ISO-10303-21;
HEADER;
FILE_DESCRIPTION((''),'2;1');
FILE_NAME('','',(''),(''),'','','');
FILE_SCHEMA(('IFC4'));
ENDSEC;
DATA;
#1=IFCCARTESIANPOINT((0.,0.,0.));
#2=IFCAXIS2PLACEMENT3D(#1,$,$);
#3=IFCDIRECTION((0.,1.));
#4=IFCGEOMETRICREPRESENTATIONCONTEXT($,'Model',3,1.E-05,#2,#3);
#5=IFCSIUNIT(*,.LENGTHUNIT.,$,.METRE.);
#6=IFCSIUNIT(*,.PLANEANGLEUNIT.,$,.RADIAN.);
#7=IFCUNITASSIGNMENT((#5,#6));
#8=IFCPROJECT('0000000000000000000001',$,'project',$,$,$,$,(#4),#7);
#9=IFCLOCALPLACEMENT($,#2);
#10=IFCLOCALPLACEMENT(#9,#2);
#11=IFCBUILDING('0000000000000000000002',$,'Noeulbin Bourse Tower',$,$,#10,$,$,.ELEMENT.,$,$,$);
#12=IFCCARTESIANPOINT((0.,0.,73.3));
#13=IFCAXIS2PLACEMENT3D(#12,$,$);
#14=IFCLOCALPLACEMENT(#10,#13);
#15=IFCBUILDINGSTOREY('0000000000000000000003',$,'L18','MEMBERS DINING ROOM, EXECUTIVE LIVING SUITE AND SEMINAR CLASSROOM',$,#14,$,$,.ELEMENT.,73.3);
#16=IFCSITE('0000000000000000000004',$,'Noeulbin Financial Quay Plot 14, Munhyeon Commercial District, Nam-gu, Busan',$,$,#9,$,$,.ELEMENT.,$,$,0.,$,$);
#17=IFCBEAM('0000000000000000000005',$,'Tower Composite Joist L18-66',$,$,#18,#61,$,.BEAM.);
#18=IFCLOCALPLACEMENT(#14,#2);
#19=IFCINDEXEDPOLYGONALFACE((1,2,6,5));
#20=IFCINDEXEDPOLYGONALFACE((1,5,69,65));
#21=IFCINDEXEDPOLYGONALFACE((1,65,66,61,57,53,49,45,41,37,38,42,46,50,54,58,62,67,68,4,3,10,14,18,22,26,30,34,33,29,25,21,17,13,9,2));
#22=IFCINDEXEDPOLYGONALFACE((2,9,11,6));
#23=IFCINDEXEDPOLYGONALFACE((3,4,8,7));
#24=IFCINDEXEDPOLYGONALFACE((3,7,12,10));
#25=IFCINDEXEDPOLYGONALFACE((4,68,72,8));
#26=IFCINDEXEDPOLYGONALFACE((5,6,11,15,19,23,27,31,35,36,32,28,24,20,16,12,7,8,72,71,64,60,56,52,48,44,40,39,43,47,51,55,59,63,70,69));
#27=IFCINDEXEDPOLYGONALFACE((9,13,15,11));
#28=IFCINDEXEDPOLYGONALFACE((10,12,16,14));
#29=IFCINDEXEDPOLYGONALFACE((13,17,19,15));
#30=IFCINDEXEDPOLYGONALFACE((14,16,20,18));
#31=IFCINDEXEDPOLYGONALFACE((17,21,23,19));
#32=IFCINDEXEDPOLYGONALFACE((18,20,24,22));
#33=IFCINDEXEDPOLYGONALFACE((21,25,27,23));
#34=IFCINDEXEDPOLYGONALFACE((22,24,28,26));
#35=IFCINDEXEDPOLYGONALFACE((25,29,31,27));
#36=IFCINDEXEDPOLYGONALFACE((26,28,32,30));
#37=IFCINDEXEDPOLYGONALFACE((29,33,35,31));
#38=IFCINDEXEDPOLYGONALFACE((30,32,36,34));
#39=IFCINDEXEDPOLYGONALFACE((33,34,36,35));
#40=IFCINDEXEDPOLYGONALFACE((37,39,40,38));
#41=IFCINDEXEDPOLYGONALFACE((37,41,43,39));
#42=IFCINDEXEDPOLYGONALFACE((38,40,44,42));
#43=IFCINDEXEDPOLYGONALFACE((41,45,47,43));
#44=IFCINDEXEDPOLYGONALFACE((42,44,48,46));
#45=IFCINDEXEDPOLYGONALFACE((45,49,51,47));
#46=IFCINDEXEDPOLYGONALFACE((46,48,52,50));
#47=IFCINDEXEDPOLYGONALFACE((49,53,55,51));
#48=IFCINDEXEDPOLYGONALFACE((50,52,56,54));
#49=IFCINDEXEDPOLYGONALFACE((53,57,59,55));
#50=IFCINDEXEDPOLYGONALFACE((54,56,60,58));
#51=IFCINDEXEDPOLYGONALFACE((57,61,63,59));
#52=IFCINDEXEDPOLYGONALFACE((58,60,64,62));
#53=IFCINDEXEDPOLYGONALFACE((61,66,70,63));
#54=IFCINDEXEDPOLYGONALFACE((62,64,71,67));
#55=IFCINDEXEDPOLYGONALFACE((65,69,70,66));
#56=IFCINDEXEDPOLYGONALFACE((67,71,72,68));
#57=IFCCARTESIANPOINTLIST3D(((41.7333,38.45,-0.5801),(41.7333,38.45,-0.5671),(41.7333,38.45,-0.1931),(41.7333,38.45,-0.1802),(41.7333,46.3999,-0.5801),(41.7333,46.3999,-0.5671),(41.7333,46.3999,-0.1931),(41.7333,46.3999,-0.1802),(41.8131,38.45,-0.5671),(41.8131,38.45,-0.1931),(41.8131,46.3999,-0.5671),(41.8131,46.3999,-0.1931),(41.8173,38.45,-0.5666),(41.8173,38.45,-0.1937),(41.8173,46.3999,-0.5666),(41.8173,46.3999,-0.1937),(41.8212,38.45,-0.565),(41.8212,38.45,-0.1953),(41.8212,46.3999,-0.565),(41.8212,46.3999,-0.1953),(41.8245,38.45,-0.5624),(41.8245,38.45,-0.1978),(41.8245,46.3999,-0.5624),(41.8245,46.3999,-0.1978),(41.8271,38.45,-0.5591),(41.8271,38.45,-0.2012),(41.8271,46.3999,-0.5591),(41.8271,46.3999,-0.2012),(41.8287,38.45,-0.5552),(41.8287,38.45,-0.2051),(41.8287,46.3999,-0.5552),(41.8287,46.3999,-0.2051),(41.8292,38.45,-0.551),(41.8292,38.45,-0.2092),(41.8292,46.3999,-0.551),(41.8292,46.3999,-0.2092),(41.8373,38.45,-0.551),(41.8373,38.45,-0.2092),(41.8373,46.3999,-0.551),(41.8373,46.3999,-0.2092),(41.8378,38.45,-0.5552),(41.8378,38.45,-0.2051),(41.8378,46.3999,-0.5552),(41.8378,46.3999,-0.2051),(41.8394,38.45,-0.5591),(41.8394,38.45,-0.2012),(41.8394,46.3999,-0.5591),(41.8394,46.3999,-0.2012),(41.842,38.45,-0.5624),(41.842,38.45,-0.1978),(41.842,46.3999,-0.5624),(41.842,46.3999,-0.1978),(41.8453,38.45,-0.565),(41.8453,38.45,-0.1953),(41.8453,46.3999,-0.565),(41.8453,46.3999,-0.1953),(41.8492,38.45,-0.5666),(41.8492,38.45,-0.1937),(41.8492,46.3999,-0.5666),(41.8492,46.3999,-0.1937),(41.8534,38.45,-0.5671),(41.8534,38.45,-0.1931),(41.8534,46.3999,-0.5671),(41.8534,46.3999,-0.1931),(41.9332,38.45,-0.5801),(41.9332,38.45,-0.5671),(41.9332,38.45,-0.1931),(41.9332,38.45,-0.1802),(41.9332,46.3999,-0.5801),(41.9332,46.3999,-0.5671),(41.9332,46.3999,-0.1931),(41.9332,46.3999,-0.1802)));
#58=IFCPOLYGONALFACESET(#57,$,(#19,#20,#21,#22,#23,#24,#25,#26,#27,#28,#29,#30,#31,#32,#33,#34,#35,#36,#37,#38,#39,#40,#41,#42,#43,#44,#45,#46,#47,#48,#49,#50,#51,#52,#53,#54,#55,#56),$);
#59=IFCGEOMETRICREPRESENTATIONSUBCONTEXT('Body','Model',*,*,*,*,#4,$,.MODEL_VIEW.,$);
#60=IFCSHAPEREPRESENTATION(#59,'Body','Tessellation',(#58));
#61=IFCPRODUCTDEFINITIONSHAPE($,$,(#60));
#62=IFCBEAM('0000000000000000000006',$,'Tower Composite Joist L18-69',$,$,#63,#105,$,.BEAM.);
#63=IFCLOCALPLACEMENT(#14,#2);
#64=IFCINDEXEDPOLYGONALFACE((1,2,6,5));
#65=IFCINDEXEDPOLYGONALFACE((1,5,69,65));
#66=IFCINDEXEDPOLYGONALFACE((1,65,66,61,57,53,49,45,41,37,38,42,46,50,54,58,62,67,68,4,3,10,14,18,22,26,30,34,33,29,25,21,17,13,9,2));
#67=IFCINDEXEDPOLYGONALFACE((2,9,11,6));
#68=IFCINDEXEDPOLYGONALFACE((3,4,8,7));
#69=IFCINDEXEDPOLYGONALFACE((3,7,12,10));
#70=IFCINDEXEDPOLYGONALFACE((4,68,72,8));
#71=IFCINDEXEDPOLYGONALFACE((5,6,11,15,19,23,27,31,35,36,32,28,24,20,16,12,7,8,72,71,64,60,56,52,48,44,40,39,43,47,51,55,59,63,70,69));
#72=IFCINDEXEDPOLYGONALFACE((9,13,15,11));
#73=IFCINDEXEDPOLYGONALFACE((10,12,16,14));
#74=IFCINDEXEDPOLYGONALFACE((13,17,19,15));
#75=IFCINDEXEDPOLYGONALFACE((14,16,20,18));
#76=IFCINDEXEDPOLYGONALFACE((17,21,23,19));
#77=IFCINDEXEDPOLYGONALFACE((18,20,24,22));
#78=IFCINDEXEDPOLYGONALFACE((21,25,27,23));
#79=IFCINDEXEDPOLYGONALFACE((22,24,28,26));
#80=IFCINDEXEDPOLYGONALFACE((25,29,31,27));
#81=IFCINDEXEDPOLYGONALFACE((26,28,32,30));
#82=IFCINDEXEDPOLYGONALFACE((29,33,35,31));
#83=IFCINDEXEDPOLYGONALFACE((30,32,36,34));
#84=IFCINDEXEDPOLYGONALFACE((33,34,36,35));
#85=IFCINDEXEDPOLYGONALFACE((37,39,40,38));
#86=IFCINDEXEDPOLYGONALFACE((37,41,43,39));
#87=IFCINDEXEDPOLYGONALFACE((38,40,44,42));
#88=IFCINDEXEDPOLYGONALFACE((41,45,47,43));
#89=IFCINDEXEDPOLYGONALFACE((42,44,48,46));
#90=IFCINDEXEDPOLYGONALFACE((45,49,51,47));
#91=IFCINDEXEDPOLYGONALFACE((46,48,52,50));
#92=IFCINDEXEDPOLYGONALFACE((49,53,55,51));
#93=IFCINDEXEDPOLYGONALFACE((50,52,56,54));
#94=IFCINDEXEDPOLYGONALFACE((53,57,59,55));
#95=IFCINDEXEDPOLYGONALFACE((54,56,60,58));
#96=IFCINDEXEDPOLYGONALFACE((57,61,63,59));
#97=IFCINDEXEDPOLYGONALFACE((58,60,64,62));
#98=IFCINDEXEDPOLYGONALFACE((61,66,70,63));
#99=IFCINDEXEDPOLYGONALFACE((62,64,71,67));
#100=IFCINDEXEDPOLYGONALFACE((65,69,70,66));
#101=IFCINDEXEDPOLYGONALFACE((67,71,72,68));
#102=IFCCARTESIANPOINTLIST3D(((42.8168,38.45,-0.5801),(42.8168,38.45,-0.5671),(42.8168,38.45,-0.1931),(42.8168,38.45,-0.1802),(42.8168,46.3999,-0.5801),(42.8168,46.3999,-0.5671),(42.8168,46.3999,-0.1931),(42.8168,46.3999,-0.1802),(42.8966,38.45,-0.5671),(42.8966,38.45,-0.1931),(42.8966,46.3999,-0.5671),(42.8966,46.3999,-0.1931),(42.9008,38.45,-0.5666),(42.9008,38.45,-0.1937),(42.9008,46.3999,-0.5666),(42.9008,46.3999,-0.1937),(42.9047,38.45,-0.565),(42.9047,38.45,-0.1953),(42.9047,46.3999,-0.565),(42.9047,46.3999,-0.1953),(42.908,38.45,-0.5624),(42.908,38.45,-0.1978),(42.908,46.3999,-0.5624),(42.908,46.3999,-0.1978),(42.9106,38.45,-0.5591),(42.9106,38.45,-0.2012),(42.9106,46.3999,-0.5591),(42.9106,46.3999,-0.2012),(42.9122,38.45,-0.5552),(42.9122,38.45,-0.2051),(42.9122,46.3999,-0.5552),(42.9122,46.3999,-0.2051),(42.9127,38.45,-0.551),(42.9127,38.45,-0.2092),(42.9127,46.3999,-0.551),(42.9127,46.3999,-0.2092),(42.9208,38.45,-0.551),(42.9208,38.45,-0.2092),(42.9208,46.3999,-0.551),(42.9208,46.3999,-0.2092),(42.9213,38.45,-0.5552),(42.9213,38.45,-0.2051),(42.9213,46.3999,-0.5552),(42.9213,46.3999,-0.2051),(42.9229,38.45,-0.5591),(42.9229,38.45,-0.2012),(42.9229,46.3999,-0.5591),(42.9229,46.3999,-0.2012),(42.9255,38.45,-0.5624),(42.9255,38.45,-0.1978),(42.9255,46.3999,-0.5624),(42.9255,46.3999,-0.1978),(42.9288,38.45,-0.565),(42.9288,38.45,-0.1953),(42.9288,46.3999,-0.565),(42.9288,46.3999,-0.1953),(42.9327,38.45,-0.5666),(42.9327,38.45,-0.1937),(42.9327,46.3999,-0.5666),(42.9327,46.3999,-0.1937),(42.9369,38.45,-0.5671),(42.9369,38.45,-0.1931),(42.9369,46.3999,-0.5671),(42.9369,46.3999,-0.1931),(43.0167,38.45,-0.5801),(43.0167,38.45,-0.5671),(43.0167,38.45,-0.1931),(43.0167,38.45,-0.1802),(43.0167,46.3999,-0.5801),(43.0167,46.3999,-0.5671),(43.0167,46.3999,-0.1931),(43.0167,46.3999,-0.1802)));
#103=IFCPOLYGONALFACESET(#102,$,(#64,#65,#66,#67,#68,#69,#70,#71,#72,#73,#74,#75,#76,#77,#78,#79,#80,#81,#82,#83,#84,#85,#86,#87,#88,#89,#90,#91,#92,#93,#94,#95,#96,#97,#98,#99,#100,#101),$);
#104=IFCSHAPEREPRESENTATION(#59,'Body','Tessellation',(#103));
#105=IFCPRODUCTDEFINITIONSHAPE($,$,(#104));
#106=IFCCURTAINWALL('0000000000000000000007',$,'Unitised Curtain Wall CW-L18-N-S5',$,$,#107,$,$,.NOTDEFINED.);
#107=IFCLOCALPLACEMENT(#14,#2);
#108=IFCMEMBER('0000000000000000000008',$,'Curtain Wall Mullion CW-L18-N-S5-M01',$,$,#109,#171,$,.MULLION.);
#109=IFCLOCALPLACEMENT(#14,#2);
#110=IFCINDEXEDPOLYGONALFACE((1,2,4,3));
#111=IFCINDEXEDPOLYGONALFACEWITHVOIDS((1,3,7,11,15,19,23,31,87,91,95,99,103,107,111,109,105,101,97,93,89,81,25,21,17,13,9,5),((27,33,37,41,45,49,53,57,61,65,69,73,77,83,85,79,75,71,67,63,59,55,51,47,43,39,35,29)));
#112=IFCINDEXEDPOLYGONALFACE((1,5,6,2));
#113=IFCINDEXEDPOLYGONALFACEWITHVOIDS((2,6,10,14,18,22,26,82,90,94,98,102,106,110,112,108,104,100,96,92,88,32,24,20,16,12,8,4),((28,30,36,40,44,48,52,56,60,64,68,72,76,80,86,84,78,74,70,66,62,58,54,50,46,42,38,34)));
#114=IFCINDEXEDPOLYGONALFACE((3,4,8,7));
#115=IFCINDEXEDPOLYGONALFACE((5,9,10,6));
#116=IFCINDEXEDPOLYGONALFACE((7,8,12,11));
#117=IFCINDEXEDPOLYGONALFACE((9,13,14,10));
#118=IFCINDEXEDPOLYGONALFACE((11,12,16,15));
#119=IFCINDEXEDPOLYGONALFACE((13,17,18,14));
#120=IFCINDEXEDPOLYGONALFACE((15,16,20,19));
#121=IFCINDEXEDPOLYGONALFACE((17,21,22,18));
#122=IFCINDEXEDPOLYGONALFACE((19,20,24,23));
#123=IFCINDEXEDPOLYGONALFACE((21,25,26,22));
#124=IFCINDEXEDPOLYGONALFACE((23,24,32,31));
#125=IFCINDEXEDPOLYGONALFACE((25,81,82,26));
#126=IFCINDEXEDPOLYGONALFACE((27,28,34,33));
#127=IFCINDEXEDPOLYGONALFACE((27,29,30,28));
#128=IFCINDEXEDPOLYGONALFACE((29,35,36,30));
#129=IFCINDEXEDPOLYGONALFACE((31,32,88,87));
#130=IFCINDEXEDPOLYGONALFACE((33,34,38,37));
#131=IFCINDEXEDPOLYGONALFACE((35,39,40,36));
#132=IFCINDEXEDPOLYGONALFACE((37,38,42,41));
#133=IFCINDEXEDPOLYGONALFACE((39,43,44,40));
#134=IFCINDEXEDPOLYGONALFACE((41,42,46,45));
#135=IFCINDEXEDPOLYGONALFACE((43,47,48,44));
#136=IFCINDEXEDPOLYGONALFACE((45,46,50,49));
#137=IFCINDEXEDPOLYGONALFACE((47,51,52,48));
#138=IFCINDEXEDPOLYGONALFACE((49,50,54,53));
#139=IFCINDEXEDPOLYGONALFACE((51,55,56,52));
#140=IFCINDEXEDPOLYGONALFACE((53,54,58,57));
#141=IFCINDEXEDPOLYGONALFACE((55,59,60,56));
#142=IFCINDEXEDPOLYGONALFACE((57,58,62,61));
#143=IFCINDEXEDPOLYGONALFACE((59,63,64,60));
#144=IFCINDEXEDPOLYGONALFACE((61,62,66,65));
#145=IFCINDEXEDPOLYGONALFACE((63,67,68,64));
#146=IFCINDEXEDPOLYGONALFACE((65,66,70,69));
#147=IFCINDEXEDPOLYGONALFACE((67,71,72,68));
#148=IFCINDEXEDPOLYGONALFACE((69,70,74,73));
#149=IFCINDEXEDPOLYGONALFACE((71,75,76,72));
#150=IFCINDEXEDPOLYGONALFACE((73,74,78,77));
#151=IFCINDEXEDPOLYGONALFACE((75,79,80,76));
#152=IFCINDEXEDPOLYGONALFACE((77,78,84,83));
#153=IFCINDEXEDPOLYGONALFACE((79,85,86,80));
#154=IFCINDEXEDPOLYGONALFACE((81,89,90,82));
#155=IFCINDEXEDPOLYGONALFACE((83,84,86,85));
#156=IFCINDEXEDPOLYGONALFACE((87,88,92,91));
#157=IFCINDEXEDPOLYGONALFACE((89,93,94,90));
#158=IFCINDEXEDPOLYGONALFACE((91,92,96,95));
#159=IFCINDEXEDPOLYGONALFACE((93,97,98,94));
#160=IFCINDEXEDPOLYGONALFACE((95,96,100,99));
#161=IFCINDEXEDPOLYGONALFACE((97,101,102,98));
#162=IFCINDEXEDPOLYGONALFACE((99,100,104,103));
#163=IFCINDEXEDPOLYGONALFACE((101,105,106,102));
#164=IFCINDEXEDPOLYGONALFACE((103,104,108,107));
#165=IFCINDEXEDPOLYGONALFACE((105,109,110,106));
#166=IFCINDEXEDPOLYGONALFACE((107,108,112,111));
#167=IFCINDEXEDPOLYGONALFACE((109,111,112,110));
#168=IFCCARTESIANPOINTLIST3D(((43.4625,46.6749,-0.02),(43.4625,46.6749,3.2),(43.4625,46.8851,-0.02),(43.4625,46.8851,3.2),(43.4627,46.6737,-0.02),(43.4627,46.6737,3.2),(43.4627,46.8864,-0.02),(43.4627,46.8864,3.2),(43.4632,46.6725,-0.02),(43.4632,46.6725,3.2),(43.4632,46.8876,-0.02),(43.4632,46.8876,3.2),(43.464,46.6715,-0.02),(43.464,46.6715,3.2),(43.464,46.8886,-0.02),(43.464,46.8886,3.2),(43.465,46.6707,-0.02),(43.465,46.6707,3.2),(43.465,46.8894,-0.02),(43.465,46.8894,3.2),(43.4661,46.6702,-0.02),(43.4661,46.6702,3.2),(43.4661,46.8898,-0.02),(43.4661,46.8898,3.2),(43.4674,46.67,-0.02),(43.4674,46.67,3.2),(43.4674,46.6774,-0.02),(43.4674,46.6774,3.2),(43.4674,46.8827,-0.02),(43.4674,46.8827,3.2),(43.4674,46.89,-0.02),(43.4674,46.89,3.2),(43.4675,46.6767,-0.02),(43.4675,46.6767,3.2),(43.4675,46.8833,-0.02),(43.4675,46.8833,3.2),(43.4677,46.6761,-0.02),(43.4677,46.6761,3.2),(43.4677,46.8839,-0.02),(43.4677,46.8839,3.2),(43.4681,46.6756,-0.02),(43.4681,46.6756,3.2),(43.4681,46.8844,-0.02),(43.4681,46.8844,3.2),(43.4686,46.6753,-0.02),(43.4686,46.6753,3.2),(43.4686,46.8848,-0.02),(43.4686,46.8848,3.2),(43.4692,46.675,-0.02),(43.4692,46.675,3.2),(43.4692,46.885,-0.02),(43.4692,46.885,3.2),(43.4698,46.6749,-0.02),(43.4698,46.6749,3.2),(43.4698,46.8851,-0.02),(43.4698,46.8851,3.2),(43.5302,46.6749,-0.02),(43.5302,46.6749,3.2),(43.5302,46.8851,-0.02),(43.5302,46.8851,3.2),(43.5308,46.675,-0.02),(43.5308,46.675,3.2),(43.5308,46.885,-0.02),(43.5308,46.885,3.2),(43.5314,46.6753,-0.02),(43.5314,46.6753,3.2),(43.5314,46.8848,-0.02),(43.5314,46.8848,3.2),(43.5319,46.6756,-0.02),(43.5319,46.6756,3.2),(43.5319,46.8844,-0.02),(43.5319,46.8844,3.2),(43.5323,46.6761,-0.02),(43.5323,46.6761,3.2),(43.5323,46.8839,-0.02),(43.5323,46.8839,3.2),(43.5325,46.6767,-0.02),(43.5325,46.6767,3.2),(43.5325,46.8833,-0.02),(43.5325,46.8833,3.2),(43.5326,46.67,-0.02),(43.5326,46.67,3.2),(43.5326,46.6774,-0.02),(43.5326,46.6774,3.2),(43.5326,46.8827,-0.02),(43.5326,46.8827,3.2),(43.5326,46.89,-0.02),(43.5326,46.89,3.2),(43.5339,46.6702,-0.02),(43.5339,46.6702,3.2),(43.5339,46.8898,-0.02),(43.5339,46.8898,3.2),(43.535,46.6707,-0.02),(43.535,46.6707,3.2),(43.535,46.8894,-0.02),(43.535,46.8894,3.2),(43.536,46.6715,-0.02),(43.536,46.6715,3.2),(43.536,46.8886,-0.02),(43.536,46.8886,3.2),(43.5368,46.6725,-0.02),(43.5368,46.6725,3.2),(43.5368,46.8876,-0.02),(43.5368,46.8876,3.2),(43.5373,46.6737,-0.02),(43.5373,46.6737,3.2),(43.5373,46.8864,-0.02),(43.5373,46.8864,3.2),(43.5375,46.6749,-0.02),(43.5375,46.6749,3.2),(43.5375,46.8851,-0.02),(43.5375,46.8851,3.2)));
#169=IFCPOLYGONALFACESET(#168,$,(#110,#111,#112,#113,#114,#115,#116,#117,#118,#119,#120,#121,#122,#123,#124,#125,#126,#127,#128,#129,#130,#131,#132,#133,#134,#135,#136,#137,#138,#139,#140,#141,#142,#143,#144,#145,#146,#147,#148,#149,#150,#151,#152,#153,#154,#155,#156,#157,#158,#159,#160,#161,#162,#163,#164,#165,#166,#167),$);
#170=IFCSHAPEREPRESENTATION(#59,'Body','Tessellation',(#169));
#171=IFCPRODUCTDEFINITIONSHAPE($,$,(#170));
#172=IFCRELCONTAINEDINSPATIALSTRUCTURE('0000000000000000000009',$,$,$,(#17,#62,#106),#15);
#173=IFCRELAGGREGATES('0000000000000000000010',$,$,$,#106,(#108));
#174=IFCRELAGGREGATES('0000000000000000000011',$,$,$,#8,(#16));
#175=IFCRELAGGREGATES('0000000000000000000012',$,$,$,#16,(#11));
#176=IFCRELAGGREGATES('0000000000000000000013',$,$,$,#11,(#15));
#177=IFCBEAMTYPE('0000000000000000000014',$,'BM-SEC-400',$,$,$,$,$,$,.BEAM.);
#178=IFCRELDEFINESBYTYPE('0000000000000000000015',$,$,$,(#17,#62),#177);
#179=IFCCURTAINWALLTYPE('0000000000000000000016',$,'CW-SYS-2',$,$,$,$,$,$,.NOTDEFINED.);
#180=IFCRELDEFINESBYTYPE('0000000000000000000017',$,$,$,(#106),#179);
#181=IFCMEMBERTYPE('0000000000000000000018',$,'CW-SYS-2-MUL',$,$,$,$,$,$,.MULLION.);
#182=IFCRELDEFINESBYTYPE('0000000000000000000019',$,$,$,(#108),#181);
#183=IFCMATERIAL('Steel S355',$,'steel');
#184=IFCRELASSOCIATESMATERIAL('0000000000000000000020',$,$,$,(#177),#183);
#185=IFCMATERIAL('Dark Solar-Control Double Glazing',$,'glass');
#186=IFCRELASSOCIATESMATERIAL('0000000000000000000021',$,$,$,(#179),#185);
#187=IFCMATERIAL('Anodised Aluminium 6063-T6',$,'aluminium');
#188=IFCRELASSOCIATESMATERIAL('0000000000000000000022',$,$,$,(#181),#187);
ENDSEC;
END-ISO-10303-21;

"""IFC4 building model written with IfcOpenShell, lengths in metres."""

from ifc_helpers import new_model, si_unit, direction, frame, origin, origin_2d, place, context, subcontext, project, spatial, hollow_rectangle, i_section, extrude, material, material_profile, profile_set, type_object, element, aggregate, save


model = new_model("IFC4")

# Units and contexts
model_context = context("Model", 3, precision=1e-05, world=origin(), true_north=direction((0.0, 1.0)))
body_context = subcontext(model_context, "Body", "Model", "MODEL_VIEW")
ifc_project = project(units=[si_unit("LENGTHUNIT", "METRE"), si_unit("PLANEANGLEUNIT", "RADIAN")], contexts=[model_context])

# Site, building, storey
site_placement = place(None, origin())
site = spatial("IfcSite", under=ifc_project, at=site_placement, Name="Noeulbin Financial Quay Plot 14, Munhyeon Commercial District, Nam-gu, Busan", CompositionType="ELEMENT", RefElevation=0.0)
building_placement = place(site_placement, origin())
building = spatial("IfcBuilding", under=site, at=building_placement, Name="Noeulbin Bourse Tower", CompositionType="ELEMENT")
storey_placement = place(building_placement, frame((0.0, 0.0, 73.3)))
storey = spatial("IfcBuildingStorey", under=building, at=storey_placement, Name="L18", Description="MEMBERS DINING ROOM, EXECUTIVE LIVING SUITE AND SEMINAR CLASSROOM", CompositionType="ELEMENT", Elevation=73.3)

# Beams
ifc_material_1 = material(Name="Steel S355", Category="steel")
ifc_material_profile_1 = material_profile(ifc_material_1, i_section(OverallWidth=0.2, OverallDepth=0.3999, WebThickness=0.0081, FlangeThickness=0.0129, FilletRadius=0.0161, at=origin_2d()), Name="H-400x200x8x13", Category="LoadBearing")
ifc_profile_set_1 = profile_set([ifc_material_profile_1], Name="Steel S355")
beam_type_1 = type_object("IfcBeamType", Name="BM-SEC-400", PredefinedType="BEAM", material=ifc_profile_set_1)
for number, where, z_axis, x_axis, name in (
    (1, (41.8333, 38.45, -0.3801), (0.0, 1.0, 0.0), (-1.0, 0.0, 0.0), "Tower Composite Joist L18-66"),
    (2, (42.9167, 38.45, -0.3801), (0.0, 1.0, 0.0), (-1.0, 0.0, 0.0), "Tower Composite Joist L18-69"),
):
    element("IfcBeam", number, at=place(storey_placement, frame(where, z_axis=z_axis, x_axis=x_axis)), inside=storey, type_object=beam_type_1, Name=name, PredefinedType="BEAM", context=body_context, shape_type="SweptSolid", body=[
        extrude(i_section(OverallWidth=0.2, OverallDepth=0.3999, WebThickness=0.0081, FlangeThickness=0.0129, FilletRadius=0.0161, at=origin_2d()), origin(), (0.0, 0.0, 1.0), 7.95),
    ])

# Curtain wall, member
ifc_material_2 = material(Name="Dark Solar-Control Double Glazing", Category="glass")
curtain_wall_type = type_object("IfcCurtainWallType", Name="CW-SYS-2", PredefinedType="NOTDEFINED", material=ifc_material_2)
curtain_wall_1_placement = place(storey_placement, origin())
curtain_wall_1 = element("IfcCurtainWall", 3, at=curtain_wall_1_placement, inside=storey, type_object=curtain_wall_type, Name="Unitised Curtain Wall CW-L18-N-S5", PredefinedType="NOTDEFINED")
ifc_material_3 = material(Name="Anodised Aluminium 6063-T6", Category="aluminium")
ifc_material_profile_2 = material_profile(ifc_material_3, hollow_rectangle(XDim=0.075, YDim=0.22, WallThickness=0.0049, InnerFilletRadius=0.0024, OuterFilletRadius=0.0049, at=origin_2d()), Name="ALU-MULL-75x220x5", Category="LoadBearing")
ifc_profile_set_2 = profile_set([ifc_material_profile_2], Name="Anodised Aluminium 6063-T6")
member_type_1 = type_object("IfcMemberType", Name="CW-SYS-2-MUL", PredefinedType="MULLION", material=ifc_profile_set_2)
member_1_placement = place(storey_placement, frame((43.5, 46.78, -0.02), z_axis=(0.0, 0.0, 1.0), x_axis=(1.0, 0.0, 0.0)))
member_1 = element("IfcMember", 4, at=member_1_placement, type_object=member_type_1, Name="Curtain Wall Mullion CW-L18-N-S5-M01", PredefinedType="MULLION", context=body_context, shape_type="SweptSolid", body=[
    extrude(hollow_rectangle(XDim=0.075, YDim=0.22, WallThickness=0.0049, InnerFilletRadius=0.0024, OuterFilletRadius=0.0049, at=origin_2d()), origin(), (0.0, 0.0, 1.0), 3.22),
])
aggregate(curtain_wall_1, [member_1])

save(model, "model.ifc")
